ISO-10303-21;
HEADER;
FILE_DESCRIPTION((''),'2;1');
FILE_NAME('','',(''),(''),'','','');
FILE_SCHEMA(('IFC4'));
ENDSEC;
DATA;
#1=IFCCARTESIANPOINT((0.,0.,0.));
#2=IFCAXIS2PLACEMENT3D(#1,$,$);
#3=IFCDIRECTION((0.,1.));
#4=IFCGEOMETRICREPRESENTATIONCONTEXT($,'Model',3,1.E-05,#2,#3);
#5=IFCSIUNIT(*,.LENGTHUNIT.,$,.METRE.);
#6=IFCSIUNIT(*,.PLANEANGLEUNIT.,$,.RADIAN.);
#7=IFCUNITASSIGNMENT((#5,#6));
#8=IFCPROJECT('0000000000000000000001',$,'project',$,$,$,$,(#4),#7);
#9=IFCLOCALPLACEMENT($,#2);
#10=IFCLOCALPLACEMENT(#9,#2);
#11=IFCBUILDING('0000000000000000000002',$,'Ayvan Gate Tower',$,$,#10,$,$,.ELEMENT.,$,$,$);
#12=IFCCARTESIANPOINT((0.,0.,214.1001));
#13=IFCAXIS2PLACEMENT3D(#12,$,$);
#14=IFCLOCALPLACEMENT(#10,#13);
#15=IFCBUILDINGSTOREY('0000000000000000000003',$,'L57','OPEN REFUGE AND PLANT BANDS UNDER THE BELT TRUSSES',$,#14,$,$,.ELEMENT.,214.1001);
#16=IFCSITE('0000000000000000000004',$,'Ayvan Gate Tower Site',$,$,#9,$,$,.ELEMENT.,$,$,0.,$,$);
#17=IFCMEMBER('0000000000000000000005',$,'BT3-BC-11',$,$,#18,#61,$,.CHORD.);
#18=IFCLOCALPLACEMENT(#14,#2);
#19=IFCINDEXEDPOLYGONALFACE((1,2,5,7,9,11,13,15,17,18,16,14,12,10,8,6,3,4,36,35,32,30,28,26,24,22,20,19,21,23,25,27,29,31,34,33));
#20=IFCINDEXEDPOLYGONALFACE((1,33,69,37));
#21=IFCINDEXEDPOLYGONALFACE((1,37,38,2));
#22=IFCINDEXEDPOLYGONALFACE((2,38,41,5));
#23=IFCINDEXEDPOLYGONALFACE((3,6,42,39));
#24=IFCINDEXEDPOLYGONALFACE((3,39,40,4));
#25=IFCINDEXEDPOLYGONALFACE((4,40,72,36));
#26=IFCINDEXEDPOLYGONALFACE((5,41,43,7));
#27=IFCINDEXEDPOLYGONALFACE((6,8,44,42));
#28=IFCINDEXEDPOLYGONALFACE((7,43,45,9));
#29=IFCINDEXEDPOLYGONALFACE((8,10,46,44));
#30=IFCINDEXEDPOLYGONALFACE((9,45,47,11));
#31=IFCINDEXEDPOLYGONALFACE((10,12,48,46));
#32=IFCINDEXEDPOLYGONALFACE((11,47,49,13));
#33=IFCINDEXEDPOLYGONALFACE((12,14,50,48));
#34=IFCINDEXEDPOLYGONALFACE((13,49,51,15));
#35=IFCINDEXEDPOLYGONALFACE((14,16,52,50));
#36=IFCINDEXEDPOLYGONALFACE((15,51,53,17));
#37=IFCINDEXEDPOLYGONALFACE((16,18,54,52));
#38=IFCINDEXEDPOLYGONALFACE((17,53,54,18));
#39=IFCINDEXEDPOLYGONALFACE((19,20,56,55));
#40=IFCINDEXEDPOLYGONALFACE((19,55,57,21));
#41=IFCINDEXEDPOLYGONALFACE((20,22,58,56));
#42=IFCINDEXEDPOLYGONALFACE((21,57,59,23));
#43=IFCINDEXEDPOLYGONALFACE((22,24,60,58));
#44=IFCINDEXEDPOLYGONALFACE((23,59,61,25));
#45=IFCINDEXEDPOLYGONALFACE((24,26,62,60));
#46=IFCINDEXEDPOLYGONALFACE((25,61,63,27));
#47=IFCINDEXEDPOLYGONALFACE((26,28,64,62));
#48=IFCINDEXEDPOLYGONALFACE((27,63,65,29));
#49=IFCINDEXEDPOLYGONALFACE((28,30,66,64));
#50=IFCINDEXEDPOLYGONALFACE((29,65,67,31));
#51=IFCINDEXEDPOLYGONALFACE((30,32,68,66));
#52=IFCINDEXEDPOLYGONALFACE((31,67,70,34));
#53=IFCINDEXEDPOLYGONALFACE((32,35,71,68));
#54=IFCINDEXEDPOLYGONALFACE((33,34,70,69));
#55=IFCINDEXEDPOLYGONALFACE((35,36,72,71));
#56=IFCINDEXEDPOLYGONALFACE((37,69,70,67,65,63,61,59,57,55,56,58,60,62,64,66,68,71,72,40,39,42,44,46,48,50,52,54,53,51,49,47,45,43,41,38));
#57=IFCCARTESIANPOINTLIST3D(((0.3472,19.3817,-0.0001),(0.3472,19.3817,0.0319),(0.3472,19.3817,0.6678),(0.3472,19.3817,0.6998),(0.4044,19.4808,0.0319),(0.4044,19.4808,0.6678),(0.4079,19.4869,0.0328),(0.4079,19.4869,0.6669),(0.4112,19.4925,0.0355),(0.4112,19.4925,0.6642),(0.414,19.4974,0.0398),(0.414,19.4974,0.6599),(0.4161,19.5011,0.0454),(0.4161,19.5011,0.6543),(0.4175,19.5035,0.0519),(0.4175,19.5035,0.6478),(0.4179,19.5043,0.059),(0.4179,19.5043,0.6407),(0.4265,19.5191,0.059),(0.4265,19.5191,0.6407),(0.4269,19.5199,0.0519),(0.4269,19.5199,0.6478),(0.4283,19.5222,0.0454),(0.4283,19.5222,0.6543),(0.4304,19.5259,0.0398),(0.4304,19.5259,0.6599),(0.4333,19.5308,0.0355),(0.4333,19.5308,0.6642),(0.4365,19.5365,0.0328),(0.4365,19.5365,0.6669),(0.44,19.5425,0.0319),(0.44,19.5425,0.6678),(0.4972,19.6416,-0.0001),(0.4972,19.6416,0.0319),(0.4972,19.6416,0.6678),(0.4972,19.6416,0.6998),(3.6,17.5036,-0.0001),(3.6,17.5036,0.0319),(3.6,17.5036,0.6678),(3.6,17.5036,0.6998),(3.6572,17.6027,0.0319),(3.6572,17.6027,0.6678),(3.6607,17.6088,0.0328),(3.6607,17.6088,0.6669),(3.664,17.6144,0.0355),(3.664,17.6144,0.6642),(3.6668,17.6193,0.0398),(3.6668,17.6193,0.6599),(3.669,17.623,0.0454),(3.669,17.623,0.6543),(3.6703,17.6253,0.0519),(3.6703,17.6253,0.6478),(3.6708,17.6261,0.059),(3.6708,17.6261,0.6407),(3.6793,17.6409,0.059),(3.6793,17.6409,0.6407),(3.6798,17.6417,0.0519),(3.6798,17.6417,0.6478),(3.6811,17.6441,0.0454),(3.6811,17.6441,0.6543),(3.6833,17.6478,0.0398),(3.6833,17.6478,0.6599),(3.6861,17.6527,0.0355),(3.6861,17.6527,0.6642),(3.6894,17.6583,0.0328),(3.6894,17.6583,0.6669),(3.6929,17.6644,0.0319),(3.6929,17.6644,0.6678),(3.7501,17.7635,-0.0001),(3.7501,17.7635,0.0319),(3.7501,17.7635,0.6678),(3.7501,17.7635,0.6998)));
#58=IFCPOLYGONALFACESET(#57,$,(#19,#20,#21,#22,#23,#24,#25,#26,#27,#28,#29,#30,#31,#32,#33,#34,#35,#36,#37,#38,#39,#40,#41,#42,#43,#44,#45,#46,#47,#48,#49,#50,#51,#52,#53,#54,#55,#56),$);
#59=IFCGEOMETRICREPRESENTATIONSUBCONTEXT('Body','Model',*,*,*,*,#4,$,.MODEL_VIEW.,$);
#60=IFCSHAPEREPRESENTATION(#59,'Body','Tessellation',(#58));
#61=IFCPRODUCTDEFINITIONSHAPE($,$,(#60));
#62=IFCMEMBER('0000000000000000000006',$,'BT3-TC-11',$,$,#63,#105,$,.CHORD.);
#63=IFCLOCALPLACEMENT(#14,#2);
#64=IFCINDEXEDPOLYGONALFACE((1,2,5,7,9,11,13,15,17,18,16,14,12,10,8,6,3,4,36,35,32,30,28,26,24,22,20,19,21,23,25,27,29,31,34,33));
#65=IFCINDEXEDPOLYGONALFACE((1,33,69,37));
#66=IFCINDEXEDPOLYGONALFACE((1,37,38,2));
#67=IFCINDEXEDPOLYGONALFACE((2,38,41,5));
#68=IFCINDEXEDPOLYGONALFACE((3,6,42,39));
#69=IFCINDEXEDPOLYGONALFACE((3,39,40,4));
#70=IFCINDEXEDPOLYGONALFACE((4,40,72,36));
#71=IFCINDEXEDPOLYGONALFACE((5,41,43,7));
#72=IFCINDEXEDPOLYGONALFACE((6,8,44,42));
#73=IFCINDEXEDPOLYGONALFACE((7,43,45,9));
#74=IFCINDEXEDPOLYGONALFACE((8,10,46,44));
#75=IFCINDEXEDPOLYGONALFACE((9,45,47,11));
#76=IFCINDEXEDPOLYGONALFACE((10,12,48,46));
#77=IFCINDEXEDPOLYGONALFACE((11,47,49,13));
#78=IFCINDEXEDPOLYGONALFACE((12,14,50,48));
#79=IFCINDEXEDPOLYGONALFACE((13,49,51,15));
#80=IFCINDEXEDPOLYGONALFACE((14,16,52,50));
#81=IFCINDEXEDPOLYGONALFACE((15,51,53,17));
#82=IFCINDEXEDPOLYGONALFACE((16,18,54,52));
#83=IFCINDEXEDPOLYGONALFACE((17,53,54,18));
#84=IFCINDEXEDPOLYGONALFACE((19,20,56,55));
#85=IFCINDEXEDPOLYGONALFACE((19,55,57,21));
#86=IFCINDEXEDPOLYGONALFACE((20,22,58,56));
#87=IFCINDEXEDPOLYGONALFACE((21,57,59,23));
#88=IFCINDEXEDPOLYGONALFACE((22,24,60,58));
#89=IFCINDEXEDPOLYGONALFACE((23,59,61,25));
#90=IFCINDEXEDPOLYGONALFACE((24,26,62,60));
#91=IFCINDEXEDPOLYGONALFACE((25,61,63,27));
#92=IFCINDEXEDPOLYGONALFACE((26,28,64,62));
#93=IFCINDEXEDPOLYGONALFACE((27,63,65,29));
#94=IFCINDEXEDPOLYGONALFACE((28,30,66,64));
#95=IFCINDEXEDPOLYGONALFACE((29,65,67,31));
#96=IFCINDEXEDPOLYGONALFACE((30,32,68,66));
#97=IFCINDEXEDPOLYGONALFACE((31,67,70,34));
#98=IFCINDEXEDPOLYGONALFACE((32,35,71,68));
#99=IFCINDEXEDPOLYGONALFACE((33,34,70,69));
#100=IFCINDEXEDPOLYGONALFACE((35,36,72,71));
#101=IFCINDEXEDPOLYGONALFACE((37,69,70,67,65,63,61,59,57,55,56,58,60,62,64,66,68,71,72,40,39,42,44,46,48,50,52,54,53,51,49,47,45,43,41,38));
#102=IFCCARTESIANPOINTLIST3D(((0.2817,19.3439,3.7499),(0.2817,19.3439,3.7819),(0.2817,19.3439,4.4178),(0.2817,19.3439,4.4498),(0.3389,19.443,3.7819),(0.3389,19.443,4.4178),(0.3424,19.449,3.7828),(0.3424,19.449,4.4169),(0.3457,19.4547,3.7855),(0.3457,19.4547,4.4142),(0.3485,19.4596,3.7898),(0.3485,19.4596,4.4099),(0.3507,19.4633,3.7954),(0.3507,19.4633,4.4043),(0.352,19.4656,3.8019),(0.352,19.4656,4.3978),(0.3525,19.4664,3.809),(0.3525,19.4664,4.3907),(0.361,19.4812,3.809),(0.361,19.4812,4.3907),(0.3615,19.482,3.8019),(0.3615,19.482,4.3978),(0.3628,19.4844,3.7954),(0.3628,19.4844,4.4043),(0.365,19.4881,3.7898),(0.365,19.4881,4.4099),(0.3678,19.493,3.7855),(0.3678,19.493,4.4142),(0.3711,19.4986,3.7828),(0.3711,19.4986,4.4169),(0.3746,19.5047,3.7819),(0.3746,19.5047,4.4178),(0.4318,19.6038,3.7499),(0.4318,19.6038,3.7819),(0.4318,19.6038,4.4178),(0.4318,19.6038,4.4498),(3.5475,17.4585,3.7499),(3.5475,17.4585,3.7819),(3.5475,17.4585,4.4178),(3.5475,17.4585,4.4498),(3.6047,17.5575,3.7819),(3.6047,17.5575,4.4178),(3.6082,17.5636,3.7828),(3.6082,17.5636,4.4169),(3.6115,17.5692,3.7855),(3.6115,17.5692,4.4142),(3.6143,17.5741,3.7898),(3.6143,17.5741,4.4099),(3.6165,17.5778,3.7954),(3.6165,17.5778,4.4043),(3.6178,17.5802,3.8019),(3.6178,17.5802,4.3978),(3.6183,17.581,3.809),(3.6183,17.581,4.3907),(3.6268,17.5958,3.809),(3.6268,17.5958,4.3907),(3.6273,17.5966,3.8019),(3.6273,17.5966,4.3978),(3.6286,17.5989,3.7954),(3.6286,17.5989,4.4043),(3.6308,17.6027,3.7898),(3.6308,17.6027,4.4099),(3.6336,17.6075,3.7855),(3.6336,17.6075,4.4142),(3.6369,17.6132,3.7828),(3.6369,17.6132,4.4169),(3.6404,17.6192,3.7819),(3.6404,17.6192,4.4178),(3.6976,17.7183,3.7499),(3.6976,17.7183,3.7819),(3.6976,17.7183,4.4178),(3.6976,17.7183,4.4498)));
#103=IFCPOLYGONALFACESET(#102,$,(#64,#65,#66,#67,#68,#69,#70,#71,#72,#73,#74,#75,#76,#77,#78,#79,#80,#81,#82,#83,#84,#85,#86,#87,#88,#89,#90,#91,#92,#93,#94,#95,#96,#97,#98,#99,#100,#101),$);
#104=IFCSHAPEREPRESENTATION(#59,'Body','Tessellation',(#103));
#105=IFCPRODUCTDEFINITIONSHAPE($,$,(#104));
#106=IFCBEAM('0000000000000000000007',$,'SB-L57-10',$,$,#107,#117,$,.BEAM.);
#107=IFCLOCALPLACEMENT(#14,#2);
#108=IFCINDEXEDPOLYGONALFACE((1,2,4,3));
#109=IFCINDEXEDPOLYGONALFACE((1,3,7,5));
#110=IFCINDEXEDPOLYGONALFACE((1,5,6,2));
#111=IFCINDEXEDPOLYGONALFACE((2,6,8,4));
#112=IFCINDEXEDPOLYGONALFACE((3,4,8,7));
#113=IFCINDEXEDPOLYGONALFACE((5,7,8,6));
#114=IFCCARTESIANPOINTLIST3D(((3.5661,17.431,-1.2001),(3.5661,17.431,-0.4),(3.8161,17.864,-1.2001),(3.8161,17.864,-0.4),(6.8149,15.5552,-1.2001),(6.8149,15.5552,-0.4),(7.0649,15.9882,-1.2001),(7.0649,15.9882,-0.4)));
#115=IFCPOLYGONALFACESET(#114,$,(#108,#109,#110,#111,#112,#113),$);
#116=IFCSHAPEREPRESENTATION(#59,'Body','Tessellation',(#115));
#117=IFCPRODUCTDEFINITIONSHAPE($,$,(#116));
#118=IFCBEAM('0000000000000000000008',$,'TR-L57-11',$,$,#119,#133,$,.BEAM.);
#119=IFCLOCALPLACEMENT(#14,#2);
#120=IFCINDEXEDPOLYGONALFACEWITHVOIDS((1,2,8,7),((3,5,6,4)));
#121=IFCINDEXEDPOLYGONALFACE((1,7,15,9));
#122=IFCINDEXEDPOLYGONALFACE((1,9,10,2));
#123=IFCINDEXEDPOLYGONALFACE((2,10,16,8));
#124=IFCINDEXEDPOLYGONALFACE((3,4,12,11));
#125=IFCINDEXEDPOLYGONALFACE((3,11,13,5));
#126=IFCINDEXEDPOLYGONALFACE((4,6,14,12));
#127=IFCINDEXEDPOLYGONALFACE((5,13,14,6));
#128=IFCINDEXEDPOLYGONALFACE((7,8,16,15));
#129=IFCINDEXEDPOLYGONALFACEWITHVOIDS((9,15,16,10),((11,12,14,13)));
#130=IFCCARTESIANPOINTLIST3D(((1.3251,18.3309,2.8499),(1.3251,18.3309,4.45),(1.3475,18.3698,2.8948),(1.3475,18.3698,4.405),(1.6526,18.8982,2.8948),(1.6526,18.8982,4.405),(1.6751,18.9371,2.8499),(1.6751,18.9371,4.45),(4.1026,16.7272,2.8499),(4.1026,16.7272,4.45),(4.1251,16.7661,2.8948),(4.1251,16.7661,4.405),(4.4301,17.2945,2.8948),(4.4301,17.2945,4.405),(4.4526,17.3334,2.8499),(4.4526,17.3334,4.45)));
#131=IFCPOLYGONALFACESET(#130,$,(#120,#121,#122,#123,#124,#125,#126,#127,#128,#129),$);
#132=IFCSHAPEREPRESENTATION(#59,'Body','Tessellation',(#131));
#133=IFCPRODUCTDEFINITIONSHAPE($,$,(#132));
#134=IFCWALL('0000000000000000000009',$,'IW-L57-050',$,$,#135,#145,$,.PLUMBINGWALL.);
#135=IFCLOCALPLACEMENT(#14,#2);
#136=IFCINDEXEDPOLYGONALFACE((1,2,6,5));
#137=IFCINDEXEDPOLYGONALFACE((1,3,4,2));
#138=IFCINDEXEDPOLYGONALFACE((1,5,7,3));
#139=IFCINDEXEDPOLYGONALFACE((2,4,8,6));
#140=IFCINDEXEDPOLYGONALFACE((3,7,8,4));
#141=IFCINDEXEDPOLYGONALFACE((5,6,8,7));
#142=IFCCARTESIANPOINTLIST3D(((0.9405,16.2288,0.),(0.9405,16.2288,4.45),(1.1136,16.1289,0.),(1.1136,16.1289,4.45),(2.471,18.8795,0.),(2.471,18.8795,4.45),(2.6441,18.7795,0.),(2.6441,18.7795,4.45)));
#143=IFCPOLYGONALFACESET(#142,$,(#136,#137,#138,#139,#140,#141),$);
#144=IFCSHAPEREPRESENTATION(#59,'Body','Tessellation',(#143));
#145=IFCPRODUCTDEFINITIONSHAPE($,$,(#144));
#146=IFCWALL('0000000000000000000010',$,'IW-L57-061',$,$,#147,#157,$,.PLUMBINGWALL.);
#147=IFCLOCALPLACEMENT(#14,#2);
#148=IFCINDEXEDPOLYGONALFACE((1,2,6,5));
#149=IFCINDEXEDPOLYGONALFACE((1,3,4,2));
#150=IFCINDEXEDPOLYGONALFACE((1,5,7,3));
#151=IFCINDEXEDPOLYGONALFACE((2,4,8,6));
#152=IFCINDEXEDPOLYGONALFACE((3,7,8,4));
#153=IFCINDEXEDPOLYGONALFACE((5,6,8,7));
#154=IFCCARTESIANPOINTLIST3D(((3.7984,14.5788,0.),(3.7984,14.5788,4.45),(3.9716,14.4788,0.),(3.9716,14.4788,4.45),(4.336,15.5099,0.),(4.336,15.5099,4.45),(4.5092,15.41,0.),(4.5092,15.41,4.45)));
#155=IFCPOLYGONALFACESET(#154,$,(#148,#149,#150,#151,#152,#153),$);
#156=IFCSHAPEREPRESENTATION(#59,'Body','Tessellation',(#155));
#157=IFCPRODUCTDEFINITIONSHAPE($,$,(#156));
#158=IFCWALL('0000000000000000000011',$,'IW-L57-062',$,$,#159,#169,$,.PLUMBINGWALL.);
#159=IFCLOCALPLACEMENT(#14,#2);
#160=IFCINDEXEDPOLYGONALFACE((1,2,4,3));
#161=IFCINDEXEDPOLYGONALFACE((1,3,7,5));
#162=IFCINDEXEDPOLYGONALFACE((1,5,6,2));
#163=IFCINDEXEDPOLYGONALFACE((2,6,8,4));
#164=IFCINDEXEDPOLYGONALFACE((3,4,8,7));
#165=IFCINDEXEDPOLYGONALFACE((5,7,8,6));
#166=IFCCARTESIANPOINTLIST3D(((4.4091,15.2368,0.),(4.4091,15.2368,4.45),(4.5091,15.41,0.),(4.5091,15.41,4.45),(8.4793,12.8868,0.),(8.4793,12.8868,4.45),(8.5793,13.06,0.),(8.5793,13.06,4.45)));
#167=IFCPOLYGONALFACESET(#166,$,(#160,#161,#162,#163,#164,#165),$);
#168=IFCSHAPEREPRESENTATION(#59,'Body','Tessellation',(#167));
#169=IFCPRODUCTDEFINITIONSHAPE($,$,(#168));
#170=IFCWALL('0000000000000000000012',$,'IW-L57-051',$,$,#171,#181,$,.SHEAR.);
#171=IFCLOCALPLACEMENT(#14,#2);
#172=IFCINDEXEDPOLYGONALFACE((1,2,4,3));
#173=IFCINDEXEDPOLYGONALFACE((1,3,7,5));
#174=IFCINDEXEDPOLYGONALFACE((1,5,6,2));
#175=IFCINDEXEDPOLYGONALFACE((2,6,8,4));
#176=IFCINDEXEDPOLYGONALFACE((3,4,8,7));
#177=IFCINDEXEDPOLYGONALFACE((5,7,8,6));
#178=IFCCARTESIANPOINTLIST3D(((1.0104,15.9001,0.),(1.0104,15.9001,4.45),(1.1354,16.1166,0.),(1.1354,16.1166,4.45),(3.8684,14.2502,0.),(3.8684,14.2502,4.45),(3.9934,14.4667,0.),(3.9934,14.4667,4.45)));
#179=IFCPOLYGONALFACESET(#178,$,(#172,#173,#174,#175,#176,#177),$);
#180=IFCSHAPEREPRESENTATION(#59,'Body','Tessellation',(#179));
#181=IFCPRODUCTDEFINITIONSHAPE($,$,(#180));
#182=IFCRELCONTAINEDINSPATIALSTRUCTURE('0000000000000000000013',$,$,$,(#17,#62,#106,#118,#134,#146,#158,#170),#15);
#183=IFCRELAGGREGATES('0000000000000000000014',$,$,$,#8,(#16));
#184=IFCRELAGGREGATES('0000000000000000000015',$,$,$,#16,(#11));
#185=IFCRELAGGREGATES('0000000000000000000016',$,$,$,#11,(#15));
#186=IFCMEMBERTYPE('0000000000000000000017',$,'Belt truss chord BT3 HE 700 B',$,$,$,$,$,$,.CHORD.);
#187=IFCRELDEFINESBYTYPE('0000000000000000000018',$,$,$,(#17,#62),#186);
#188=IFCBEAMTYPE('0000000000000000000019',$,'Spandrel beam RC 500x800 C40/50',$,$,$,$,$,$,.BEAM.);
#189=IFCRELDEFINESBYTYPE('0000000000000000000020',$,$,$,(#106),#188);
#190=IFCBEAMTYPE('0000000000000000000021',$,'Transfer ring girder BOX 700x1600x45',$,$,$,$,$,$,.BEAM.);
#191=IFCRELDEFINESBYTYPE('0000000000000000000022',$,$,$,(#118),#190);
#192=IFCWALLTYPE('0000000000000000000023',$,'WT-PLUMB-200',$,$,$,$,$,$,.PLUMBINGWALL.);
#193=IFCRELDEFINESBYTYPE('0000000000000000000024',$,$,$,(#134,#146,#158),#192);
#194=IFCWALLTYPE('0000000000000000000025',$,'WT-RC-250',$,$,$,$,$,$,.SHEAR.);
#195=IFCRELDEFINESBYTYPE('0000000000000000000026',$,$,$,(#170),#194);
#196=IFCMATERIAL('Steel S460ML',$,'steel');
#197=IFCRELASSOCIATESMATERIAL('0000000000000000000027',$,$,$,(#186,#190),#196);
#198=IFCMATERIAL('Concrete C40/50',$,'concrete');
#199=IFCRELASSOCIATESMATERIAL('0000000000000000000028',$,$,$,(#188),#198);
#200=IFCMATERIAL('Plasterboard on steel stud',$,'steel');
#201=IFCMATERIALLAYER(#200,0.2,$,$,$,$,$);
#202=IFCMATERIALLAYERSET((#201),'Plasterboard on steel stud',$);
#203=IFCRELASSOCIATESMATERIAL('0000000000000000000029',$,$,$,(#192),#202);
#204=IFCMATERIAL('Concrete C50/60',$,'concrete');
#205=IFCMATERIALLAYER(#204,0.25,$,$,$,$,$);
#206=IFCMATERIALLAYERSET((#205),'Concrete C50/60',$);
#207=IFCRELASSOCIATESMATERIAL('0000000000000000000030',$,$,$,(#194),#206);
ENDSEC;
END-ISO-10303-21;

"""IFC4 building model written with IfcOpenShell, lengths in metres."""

from ifc_helpers import new_model, si_unit, direction, frame, frame_2d, origin, origin_2d, place, context, subcontext, project, spatial, rectangle, hollow_rectangle, i_section, extrude, material, layer, layer_set, material_profile, profile_set, type_object, element, save


model = new_model("IFC4")

# Units and contexts
model_context = context("Model", 3, precision=1e-05, world=origin(), true_north=direction((0.0, 1.0)))
body_context = subcontext(model_context, "Body", "Model", "MODEL_VIEW")
ifc_project = project(units=[si_unit("LENGTHUNIT", "METRE"), si_unit("PLANEANGLEUNIT", "RADIAN")], contexts=[model_context])

# Site, building, storey
site_placement = place(None, origin())
site = spatial("IfcSite", under=ifc_project, at=site_placement, Name="Ayvan Gate Tower Site", CompositionType="ELEMENT", RefElevation=0.0)
building_placement = place(site_placement, origin())
building = spatial("IfcBuilding", under=site, at=building_placement, Name="Ayvan Gate Tower", CompositionType="ELEMENT")
storey_placement = place(building_placement, frame((0.0, 0.0, 214.1001)))
storey = spatial("IfcBuildingStorey", under=building, at=storey_placement, Name="L57", Description="OPEN REFUGE AND PLANT BANDS UNDER THE BELT TRUSSES", CompositionType="ELEMENT", Elevation=214.1001)

# Members
ifc_material_1 = material(Name="Steel S460ML", Category="steel")
ifc_material_profile_1 = material_profile(ifc_material_1, i_section(OverallWidth=0.3, OverallDepth=0.7, WebThickness=0.0171, FlangeThickness=0.032, FilletRadius=0.0271, at=origin_2d()), Name="HE 700 B")
ifc_profile_set_1 = profile_set([ifc_material_profile_1], Name="Steel S460ML")
member_type_1 = type_object("IfcMemberType", Name="Belt truss chord BT3 HE 700 B", PredefinedType="CHORD", material=ifc_profile_set_1)
member_1_placement = place(storey_placement, frame((3.675, 17.6335, 0.3499), z_axis=(-0.866015, 0.500019, 0.0), x_axis=(-0.500019, -0.866015, 0.0)))
element("IfcMember", 1, at=member_1_placement, inside=storey, type_object=member_type_1, Name="BT3-BC-11", PredefinedType="CHORD", context=body_context, shape_type="SweptSolid", body=[
    extrude(i_section(OverallWidth=0.3, OverallDepth=0.7, WebThickness=0.0171, FlangeThickness=0.032, FilletRadius=0.0271, at=origin_2d()), origin(), (0.0, 0.0, 1.0), 3.7561),
])
member_2_placement = place(storey_placement, frame((3.6226, 17.5884, 4.0999), z_axis=(-0.866031, 0.49999, 0.0), x_axis=(-0.49999, -0.866031, 0.0)))
element("IfcMember", 2, at=member_2_placement, inside=storey, type_object=member_type_1, Name="BT3-TC-11", PredefinedType="CHORD", context=body_context, shape_type="SweptSolid", body=[
    extrude(i_section(OverallWidth=0.3, OverallDepth=0.7, WebThickness=0.0171, FlangeThickness=0.032, FilletRadius=0.0271, at=origin_2d()), origin(), (0.0, 0.0, 1.0), 3.771),
])

# Beams
ifc_material_2 = material(Name="Concrete C40/50", Category="concrete")
ifc_material_profile_2 = material_profile(ifc_material_2, rectangle(XDim=0.5, YDim=0.8, at=origin_2d()), Name="RC 500x800")
ifc_profile_set_2 = profile_set([ifc_material_profile_2], Name="Concrete C40/50")
beam_type_1 = type_object("IfcBeamType", Name="Spandrel beam RC 500x800 C40/50", PredefinedType="BEAM", material=ifc_profile_set_2)
beam_1_placement = place(storey_placement, frame((6.9399, 15.7717, -0.8), z_axis=(-0.86602, 0.50001, 0.0), x_axis=(-0.50001, -0.86602, 0.0)))
element("IfcBeam", 3, at=beam_1_placement, inside=storey, type_object=beam_type_1, Name="SB-L57-10", PredefinedType="BEAM", context=body_context, shape_type="SweptSolid", body=[
    extrude(rectangle(XDim=0.5, YDim=0.8, at=origin_2d()), origin(), (0.0, 0.0, 1.0), 3.7515),
])
ifc_material_profile_3 = material_profile(ifc_material_1, hollow_rectangle(XDim=0.7, YDim=1.6001, WallThickness=0.0449, at=origin_2d()), Name="BOX 700x1600x45")
ifc_profile_set_3 = profile_set([ifc_material_profile_3], Name="Steel S460ML")
beam_type_2 = type_object("IfcBeamType", Name="Transfer ring girder BOX 700x1600x45", PredefinedType="BEAM", material=ifc_profile_set_3)
beam_2_placement = place(storey_placement, frame((4.2776, 17.0303, 3.6499), z_axis=(-0.866009, 0.500028, 0.0), x_axis=(-0.500028, -0.866009, 0.0)))
element("IfcBeam", 4, at=beam_2_placement, inside=storey, type_object=beam_type_2, Name="TR-L57-11", PredefinedType="BEAM", context=body_context, shape_type="SweptSolid", body=[
    extrude(hollow_rectangle(XDim=0.7, YDim=1.6001, WallThickness=0.0449, at=origin_2d()), origin(), (0.0, 0.0, 1.0), 3.2073),
])

# Walls
ifc_material_3 = material(Name="Plasterboard on steel stud", Category="steel")
ifc_layer_1 = layer(ifc_material_3, 0.2)
ifc_layer_set_1 = layer_set([ifc_layer_1], Name="Plasterboard on steel stud")
wall_type_1 = type_object("IfcWallType", Name="WT-PLUMB-200", PredefinedType="PLUMBINGWALL", material=ifc_layer_set_1)
wall_1_placement = place(storey_placement, frame((1.0271, 16.179, 0.0), z_axis=(0.0, 0.0, 1.0), x_axis=(0.500042, 0.866001, 0.0)))
element("IfcWall", 5, at=wall_1_placement, inside=storey, type_object=wall_type_1, Name="IW-L57-050", PredefinedType="PLUMBINGWALL", context=body_context, shape_type="SweptSolid", body=[
    extrude(rectangle(XDim=3.0608, YDim=0.2, at=frame_2d((1.5303, 0.0))), origin(), (0.0, 0.0, 1.0), 4.45),
])
wall_2_placement = place(storey_placement, frame((3.885, 14.5288, 0.0), z_axis=(0.0, 0.0, 1.0), x_axis=(0.499998, 0.866027, 0.0)))
element("IfcWall", 6, at=wall_2_placement, inside=storey, type_object=wall_type_1, Name="IW-L57-061", PredefinedType="PLUMBINGWALL", context=body_context, shape_type="SweptSolid", body=[
    extrude(rectangle(XDim=1.0752, YDim=0.2, at=frame_2d((0.5376, 0.0))), origin(), (0.0, 0.0, 1.0), 4.45),
])
wall_3_placement = place(storey_placement, frame((4.459, 15.3235, 0.0), z_axis=(0.0, 0.0, 1.0), x_axis=(0.866016, -0.500016, 0.0)))
element("IfcWall", 7, at=wall_3_placement, inside=storey, type_object=wall_type_1, Name="IW-L57-062", PredefinedType="PLUMBINGWALL", context=body_context, shape_type="SweptSolid", body=[
    extrude(rectangle(XDim=4.7, YDim=0.2, at=frame_2d((2.3501, 0.0))), origin(), (0.0, 0.0, 1.0), 4.45),
])
ifc_material_4 = material(Name="Concrete C50/60", Category="concrete")
ifc_layer_2 = layer(ifc_material_4, 0.25)
ifc_layer_set_2 = layer_set([ifc_layer_2], Name="Concrete C50/60")
wall_type_2 = type_object("IfcWallType", Name="WT-RC-250", PredefinedType="SHEAR", material=ifc_layer_set_2)
for number, where, z_axis, x_axis, name in (
    (8, (1.073, 16.0083, 0.0), (0.0, 0.0, 1.0), (0.86604, -0.499974, 0.0), "IW-L57-051"),
):
    element("IfcWall", number, at=place(storey_placement, frame(where, z_axis=z_axis, x_axis=x_axis)), inside=storey, type_object=wall_type_2, Name=name, PredefinedType="SHEAR", context=body_context, shape_type="SweptSolid", body=[
        extrude(rectangle(XDim=3.3, YDim=0.25, at=frame_2d((1.6499, 0.0))), origin(), (0.0, 0.0, 1.0), 4.45),
    ])

save(model, "model.ifc")
